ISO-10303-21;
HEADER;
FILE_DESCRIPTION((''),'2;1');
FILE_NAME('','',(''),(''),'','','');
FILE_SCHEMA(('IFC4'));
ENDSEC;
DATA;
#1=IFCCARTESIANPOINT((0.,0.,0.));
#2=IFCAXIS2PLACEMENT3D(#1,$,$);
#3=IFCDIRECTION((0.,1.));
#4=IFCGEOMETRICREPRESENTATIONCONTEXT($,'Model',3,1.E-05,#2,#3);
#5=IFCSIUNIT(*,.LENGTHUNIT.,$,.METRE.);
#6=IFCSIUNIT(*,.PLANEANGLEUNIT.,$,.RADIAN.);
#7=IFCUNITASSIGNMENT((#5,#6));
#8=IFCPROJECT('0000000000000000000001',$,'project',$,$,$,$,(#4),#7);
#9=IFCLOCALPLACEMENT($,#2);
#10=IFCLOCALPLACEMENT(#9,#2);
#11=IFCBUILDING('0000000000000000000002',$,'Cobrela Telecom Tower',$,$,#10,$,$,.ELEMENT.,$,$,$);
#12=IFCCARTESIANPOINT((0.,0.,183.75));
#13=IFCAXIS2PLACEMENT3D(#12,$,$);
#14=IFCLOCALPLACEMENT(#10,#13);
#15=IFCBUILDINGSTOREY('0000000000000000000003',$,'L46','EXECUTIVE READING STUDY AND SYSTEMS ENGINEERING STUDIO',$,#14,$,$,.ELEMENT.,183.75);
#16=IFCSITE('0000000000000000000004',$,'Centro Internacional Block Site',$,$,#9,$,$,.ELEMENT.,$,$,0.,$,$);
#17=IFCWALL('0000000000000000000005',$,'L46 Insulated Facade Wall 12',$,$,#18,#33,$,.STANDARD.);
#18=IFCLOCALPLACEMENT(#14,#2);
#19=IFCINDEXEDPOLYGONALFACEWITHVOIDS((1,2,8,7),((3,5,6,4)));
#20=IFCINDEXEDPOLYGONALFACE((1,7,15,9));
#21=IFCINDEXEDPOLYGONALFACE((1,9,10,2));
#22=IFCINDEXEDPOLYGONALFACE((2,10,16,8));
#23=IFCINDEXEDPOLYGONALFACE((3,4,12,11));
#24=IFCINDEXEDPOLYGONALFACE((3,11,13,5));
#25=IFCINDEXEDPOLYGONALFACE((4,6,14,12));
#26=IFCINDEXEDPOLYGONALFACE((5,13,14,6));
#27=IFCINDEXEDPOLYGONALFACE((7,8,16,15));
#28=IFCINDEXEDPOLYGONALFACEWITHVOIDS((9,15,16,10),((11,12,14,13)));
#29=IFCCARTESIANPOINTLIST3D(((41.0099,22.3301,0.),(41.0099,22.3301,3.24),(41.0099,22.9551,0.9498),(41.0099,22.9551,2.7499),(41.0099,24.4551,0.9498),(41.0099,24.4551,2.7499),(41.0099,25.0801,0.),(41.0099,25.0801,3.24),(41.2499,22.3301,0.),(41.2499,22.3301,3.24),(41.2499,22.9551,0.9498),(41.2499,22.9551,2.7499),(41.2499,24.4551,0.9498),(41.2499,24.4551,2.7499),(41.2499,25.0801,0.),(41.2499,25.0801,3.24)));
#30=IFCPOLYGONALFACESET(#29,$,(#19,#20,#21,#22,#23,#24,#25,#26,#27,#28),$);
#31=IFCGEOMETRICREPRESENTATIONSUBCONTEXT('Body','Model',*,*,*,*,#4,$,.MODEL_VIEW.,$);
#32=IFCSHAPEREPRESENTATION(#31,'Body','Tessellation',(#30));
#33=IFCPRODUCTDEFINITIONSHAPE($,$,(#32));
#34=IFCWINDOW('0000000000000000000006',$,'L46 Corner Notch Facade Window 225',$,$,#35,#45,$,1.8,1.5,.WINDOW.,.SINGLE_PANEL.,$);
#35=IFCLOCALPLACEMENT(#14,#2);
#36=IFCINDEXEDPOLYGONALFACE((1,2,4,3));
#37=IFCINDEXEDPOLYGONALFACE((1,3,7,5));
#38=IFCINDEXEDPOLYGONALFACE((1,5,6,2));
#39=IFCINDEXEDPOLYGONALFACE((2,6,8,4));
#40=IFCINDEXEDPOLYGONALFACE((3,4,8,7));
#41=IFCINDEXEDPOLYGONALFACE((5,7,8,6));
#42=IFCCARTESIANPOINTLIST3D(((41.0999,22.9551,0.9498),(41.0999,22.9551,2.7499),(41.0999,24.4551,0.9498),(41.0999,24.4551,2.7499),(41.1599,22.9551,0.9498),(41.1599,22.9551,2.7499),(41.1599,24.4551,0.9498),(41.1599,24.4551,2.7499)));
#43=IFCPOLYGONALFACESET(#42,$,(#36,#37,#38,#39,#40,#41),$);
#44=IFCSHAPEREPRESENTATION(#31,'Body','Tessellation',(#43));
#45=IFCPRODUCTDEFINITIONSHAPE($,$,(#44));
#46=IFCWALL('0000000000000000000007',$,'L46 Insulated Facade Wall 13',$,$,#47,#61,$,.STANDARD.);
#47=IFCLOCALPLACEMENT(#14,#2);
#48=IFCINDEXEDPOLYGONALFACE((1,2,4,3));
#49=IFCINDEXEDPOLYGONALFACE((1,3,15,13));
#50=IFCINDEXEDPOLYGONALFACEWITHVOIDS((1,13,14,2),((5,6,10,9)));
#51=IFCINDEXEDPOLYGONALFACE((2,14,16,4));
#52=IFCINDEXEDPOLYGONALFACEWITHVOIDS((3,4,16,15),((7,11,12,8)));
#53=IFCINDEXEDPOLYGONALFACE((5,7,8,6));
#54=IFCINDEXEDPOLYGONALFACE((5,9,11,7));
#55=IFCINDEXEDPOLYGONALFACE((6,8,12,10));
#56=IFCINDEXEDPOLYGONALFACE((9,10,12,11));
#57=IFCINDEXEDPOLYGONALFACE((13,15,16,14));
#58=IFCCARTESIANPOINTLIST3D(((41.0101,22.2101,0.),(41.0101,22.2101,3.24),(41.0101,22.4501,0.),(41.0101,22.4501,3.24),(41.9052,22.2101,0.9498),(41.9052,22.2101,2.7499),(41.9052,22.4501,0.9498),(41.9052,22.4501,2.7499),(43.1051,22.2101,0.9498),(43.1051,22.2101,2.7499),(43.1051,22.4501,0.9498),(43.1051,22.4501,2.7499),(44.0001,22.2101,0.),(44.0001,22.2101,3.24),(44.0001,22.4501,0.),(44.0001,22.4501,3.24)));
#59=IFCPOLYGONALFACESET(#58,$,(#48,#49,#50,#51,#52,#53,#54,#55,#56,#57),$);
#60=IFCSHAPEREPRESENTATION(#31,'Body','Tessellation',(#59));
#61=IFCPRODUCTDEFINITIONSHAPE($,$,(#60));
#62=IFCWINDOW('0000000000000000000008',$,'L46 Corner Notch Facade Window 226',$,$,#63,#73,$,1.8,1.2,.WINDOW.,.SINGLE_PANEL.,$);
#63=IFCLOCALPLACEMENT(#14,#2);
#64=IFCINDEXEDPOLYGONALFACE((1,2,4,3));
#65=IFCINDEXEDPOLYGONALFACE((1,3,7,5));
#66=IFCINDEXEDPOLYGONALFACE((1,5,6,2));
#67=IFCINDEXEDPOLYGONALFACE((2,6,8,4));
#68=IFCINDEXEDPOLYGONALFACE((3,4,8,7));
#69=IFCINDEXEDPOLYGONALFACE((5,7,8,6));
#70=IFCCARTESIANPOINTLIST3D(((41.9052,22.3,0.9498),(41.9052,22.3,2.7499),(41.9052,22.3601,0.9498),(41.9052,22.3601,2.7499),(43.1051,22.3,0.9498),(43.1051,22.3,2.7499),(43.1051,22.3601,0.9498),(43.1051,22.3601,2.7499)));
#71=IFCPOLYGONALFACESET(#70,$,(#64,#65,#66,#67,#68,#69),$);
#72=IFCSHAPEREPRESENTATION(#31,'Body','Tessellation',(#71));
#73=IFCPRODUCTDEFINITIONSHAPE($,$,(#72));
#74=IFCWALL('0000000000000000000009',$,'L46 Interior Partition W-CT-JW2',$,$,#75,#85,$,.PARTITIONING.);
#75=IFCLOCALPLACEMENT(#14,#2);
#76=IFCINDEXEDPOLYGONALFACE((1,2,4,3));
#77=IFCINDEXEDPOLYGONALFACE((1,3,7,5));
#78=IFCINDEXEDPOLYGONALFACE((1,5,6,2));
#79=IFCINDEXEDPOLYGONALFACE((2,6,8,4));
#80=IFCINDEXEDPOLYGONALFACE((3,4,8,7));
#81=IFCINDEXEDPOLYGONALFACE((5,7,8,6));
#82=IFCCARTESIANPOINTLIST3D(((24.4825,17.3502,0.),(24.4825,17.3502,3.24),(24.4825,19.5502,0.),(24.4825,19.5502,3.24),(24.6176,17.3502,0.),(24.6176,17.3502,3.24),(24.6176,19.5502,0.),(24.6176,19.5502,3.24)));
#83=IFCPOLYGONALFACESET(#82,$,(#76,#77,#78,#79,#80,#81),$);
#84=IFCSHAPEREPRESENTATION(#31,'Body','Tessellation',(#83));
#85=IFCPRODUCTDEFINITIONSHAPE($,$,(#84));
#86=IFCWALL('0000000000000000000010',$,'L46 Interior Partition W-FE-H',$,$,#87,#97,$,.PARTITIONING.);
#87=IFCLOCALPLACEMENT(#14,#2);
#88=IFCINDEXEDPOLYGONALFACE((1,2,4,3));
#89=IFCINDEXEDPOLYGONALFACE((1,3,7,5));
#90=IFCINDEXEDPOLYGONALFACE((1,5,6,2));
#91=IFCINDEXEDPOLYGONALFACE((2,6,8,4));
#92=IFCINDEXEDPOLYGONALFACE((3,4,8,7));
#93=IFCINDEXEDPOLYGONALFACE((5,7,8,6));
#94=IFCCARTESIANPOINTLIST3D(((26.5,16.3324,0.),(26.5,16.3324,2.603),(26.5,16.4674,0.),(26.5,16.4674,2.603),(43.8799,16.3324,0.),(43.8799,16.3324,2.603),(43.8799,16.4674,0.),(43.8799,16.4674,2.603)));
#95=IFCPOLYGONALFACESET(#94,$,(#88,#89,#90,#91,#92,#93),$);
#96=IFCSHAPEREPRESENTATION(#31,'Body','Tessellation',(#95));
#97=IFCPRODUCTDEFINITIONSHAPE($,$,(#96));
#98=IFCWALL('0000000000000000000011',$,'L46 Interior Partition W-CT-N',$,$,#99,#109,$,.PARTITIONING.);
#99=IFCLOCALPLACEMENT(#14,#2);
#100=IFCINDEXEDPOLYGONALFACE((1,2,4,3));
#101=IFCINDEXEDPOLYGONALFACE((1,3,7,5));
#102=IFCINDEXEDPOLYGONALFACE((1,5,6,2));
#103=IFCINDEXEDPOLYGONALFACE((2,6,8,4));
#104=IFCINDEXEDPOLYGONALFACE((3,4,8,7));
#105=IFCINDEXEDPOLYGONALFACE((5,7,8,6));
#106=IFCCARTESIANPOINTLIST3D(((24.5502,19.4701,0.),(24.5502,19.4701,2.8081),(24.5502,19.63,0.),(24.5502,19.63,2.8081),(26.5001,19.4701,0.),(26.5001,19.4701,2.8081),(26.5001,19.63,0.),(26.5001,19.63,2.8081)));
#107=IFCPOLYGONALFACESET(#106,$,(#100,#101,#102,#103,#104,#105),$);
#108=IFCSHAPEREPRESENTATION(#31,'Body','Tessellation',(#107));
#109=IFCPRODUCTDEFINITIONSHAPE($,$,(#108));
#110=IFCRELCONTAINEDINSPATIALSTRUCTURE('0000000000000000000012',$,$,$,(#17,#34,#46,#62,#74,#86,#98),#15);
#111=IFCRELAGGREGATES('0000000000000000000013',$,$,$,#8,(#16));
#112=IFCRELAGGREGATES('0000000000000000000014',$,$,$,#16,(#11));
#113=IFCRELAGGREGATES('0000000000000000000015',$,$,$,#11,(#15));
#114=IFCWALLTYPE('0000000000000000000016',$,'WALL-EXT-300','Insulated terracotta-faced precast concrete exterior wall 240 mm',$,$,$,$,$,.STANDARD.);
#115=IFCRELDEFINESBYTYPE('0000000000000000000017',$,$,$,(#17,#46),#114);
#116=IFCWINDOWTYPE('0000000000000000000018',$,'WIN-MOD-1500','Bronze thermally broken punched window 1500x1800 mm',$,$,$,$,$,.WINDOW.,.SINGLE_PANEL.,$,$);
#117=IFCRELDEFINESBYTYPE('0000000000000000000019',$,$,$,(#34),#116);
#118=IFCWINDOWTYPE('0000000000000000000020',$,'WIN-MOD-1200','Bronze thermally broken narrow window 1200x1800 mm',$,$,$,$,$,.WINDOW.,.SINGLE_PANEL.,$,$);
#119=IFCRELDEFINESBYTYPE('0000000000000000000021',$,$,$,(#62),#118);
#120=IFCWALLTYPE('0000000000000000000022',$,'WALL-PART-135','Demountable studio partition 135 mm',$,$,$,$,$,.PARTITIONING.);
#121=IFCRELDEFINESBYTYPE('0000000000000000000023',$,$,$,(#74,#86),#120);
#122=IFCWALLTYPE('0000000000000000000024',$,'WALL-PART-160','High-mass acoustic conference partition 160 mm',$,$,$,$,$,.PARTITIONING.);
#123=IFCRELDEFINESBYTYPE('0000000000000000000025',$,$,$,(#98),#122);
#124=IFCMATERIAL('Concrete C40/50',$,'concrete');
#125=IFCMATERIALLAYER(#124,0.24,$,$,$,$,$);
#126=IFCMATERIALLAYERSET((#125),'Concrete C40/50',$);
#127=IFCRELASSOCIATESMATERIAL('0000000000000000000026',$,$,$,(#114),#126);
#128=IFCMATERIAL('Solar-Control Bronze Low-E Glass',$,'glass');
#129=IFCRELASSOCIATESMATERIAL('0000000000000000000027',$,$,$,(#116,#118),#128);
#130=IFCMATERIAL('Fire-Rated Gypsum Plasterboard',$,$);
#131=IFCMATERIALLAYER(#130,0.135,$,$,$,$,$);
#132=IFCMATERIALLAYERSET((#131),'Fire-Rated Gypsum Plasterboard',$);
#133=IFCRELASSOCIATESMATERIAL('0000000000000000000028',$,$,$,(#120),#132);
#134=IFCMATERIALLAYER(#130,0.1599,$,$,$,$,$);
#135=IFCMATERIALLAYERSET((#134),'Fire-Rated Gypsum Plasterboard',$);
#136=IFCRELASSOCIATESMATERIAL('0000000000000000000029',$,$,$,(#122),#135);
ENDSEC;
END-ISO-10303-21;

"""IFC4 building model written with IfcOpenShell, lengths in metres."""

from ifc_helpers import new_model, si_unit, direction, frame, frame_2d, origin, place, context, subcontext, project, spatial, rectangle, extrude, material, layer, layer_set, type_object, element, fill, save


model = new_model("IFC4")

# Units and contexts
model_context = context("Model", 3, precision=1e-05, world=origin(), true_north=direction((0.0, 1.0)))
body_context = subcontext(model_context, "Body", "Model", "MODEL_VIEW")
ifc_project = project(units=[si_unit("LENGTHUNIT", "METRE"), si_unit("PLANEANGLEUNIT", "RADIAN")], contexts=[model_context])

# Site, building, storey
site_placement = place(None, origin())
site = spatial("IfcSite", under=ifc_project, at=site_placement, Name="Centro Internacional Block Site", CompositionType="ELEMENT", RefElevation=0.0)
building_placement = place(site_placement, origin())
building = spatial("IfcBuilding", under=site, at=building_placement, Name="Cobrela Telecom Tower", CompositionType="ELEMENT")
storey_placement = place(building_placement, frame((0.0, 0.0, 183.75)))
storey = spatial("IfcBuildingStorey", under=building, at=storey_placement, Name="L46", Description="EXECUTIVE READING STUDY AND SYSTEMS ENGINEERING STUDIO", CompositionType="ELEMENT", Elevation=183.75)

# Shared definitions
ifc_material_1 = material(Name="Solar-Control Bronze Low-E Glass", Category="glass")

# Walls, openings, windows
ifc_material_2 = material(Name="Concrete C40/50", Category="concrete")
ifc_layer_1 = layer(ifc_material_2, 0.24)
ifc_layer_set_1 = layer_set([ifc_layer_1], Name="Concrete C40/50")
wall_type_1 = type_object("IfcWallType", Name="WALL-EXT-300", Description="Insulated terracotta-faced precast concrete exterior wall 240 mm", PredefinedType="STANDARD", material=ifc_layer_set_1)
wall_1_placement = place(storey_placement, frame((41.1299, 25.0801, 0.0), z_axis=(0.0, 0.0, 1.0), x_axis=(0.0, -1.0, 0.0)))
wall_1 = element("IfcWall", 1, at=wall_1_placement, inside=storey, type_object=wall_type_1, Name="L46 Insulated Facade Wall 12", PredefinedType="STANDARD", context=body_context, shape_type="SweptSolid", body=[
    extrude(rectangle(XDim=2.75, YDim=0.24, at=frame_2d((1.375, 0.0))), origin(), (0.0, 0.0, 1.0), 3.24),
])
opening_1_placement = place(wall_1_placement, frame((0.625, 0.0, 0.95)))
opening_1 = element("IfcOpeningElement", 2, at=opening_1_placement, cuts=wall_1, PredefinedType="OPENING", context=body_context, shape_type="SweptSolid", body=[
    extrude(rectangle(XDim=1.5, YDim=1.8, at=frame_2d((0.75, 0.8999))), frame((0.0, 0.1318, 0.0), z_axis=(0.0, -1.0, 0.0), x_axis=(1.0, 0.0, 0.0)), (0.0, 0.0, 1.0), 0.2639),
])
window_type_1 = type_object("IfcWindowType", Name="WIN-MOD-1500", Description="Bronze thermally broken punched window 1500x1800 mm", PartitioningType="SINGLE_PANEL", PredefinedType="WINDOW", material=ifc_material_1)
window_1_placement = place(opening_1_placement, origin())
window_1 = element("IfcWindow", 3, at=window_1_placement, inside=storey, type_object=window_type_1, Name="L46 Corner Notch Facade Window 225", OverallHeight=1.8, OverallWidth=1.5, PartitioningType="SINGLE_PANEL", PredefinedType="WINDOW", context=body_context, shape_type="SweptSolid", body=[
    extrude(rectangle(XDim=1.5, YDim=1.8, at=frame_2d((0.75, 0.8999))), frame((0.0, 0.03, 0.0), z_axis=(0.0, -1.0, 0.0), x_axis=(1.0, 0.0, 0.0)), (0.0, 0.0, 1.0), 0.0601),
])
fill(opening_1, window_1)
wall_2_placement = place(storey_placement, frame((41.01, 22.3301, 0.0), z_axis=(0.0, 0.0, 1.0), x_axis=(1.0, 0.0, 0.0)))
wall_2 = element("IfcWall", 4, at=wall_2_placement, inside=storey, type_object=wall_type_1, Name="L46 Insulated Facade Wall 13", PredefinedType="STANDARD", context=body_context, shape_type="SweptSolid", body=[
    extrude(rectangle(XDim=2.99, YDim=0.24, at=frame_2d((1.4951, 0.0))), origin(), (0.0, 0.0, 1.0), 3.24),
])
opening_2_placement = place(wall_2_placement, frame((0.895, 0.0, 0.95)))
opening_2 = element("IfcOpeningElement", 5, at=opening_2_placement, cuts=wall_2, PredefinedType="OPENING", context=body_context, shape_type="SweptSolid", body=[
    extrude(rectangle(XDim=1.2, YDim=1.8, at=frame_2d((0.6001, 0.8999))), frame((0.0, 0.1318, 0.0), z_axis=(0.0, -1.0, 0.0), x_axis=(1.0, 0.0, 0.0)), (0.0, 0.0, 1.0), 0.2639),
])
window_type_2 = type_object("IfcWindowType", Name="WIN-MOD-1200", Description="Bronze thermally broken narrow window 1200x1800 mm", PartitioningType="SINGLE_PANEL", PredefinedType="WINDOW", material=ifc_material_1)
window_2_placement = place(opening_2_placement, origin())
window_2 = element("IfcWindow", 6, at=window_2_placement, inside=storey, type_object=window_type_2, Name="L46 Corner Notch Facade Window 226", OverallHeight=1.8, OverallWidth=1.2, PartitioningType="SINGLE_PANEL", PredefinedType="WINDOW", context=body_context, shape_type="SweptSolid", body=[
    extrude(rectangle(XDim=1.2, YDim=1.8, at=frame_2d((0.6001, 0.8999))), frame((0.0, 0.03, 0.0), z_axis=(0.0, -1.0, 0.0), x_axis=(1.0, 0.0, 0.0)), (0.0, 0.0, 1.0), 0.0601),
])
fill(opening_2, window_2)

# Walls
ifc_material_3 = material(Name="Fire-Rated Gypsum Plasterboard")
ifc_layer_2 = layer(ifc_material_3, 0.135)
ifc_layer_set_2 = layer_set([ifc_layer_2], Name="Fire-Rated Gypsum Plasterboard")
wall_type_2 = type_object("IfcWallType", Name="WALL-PART-135", Description="Demountable studio partition 135 mm", PredefinedType="PARTITIONING", material=ifc_layer_set_2)
wall_3_placement = place(storey_placement, frame((24.55, 17.3501, 0.0), z_axis=(0.0, 0.0, 1.0), x_axis=(0.0, 1.0, 0.0)))
element("IfcWall", 7, at=wall_3_placement, inside=storey, type_object=wall_type_2, Name="L46 Interior Partition W-CT-JW2", PredefinedType="PARTITIONING", context=body_context, shape_type="SweptSolid", body=[
    extrude(rectangle(XDim=2.2, YDim=0.135, at=frame_2d((1.1001, 0.0))), origin(), (0.0, 0.0, 1.0), 3.24),
])
wall_4_placement = place(storey_placement, frame((26.5, 16.3999, 0.0), z_axis=(0.0, 0.0, 1.0), x_axis=(1.0, 0.0, 0.0)))
element("IfcWall", 8, at=wall_4_placement, inside=storey, type_object=wall_type_2, Name="L46 Interior Partition W-FE-H", PredefinedType="PARTITIONING", context=body_context, shape_type="SweptSolid", body=[
    extrude(rectangle(XDim=17.3799, YDim=0.135, at=frame_2d((8.6899, 0.0))), origin(), (0.0, 0.0, 1.0), 2.603),
])
ifc_layer_3 = layer(ifc_material_3, 0.1599)
ifc_layer_set_3 = layer_set([ifc_layer_3], Name="Fire-Rated Gypsum Plasterboard")
wall_type_3 = type_object("IfcWallType", Name="WALL-PART-160", Description="High-mass acoustic conference partition 160 mm", PredefinedType="PARTITIONING", material=ifc_layer_set_3)
wall_5_placement = place(storey_placement, frame((24.55, 19.55, 0.0), z_axis=(0.0, 0.0, 1.0), x_axis=(1.0, 0.0, 0.0)))
element("IfcWall", 9, at=wall_5_placement, inside=storey, type_object=wall_type_3, Name="L46 Interior Partition W-CT-N", PredefinedType="PARTITIONING", context=body_context, shape_type="SweptSolid", body=[
    extrude(rectangle(XDim=1.95, YDim=0.1599, at=frame_2d((0.9751, 0.0))), origin(), (0.0, 0.0, 1.0), 2.8081),
])

save(model, "model.ifc")
